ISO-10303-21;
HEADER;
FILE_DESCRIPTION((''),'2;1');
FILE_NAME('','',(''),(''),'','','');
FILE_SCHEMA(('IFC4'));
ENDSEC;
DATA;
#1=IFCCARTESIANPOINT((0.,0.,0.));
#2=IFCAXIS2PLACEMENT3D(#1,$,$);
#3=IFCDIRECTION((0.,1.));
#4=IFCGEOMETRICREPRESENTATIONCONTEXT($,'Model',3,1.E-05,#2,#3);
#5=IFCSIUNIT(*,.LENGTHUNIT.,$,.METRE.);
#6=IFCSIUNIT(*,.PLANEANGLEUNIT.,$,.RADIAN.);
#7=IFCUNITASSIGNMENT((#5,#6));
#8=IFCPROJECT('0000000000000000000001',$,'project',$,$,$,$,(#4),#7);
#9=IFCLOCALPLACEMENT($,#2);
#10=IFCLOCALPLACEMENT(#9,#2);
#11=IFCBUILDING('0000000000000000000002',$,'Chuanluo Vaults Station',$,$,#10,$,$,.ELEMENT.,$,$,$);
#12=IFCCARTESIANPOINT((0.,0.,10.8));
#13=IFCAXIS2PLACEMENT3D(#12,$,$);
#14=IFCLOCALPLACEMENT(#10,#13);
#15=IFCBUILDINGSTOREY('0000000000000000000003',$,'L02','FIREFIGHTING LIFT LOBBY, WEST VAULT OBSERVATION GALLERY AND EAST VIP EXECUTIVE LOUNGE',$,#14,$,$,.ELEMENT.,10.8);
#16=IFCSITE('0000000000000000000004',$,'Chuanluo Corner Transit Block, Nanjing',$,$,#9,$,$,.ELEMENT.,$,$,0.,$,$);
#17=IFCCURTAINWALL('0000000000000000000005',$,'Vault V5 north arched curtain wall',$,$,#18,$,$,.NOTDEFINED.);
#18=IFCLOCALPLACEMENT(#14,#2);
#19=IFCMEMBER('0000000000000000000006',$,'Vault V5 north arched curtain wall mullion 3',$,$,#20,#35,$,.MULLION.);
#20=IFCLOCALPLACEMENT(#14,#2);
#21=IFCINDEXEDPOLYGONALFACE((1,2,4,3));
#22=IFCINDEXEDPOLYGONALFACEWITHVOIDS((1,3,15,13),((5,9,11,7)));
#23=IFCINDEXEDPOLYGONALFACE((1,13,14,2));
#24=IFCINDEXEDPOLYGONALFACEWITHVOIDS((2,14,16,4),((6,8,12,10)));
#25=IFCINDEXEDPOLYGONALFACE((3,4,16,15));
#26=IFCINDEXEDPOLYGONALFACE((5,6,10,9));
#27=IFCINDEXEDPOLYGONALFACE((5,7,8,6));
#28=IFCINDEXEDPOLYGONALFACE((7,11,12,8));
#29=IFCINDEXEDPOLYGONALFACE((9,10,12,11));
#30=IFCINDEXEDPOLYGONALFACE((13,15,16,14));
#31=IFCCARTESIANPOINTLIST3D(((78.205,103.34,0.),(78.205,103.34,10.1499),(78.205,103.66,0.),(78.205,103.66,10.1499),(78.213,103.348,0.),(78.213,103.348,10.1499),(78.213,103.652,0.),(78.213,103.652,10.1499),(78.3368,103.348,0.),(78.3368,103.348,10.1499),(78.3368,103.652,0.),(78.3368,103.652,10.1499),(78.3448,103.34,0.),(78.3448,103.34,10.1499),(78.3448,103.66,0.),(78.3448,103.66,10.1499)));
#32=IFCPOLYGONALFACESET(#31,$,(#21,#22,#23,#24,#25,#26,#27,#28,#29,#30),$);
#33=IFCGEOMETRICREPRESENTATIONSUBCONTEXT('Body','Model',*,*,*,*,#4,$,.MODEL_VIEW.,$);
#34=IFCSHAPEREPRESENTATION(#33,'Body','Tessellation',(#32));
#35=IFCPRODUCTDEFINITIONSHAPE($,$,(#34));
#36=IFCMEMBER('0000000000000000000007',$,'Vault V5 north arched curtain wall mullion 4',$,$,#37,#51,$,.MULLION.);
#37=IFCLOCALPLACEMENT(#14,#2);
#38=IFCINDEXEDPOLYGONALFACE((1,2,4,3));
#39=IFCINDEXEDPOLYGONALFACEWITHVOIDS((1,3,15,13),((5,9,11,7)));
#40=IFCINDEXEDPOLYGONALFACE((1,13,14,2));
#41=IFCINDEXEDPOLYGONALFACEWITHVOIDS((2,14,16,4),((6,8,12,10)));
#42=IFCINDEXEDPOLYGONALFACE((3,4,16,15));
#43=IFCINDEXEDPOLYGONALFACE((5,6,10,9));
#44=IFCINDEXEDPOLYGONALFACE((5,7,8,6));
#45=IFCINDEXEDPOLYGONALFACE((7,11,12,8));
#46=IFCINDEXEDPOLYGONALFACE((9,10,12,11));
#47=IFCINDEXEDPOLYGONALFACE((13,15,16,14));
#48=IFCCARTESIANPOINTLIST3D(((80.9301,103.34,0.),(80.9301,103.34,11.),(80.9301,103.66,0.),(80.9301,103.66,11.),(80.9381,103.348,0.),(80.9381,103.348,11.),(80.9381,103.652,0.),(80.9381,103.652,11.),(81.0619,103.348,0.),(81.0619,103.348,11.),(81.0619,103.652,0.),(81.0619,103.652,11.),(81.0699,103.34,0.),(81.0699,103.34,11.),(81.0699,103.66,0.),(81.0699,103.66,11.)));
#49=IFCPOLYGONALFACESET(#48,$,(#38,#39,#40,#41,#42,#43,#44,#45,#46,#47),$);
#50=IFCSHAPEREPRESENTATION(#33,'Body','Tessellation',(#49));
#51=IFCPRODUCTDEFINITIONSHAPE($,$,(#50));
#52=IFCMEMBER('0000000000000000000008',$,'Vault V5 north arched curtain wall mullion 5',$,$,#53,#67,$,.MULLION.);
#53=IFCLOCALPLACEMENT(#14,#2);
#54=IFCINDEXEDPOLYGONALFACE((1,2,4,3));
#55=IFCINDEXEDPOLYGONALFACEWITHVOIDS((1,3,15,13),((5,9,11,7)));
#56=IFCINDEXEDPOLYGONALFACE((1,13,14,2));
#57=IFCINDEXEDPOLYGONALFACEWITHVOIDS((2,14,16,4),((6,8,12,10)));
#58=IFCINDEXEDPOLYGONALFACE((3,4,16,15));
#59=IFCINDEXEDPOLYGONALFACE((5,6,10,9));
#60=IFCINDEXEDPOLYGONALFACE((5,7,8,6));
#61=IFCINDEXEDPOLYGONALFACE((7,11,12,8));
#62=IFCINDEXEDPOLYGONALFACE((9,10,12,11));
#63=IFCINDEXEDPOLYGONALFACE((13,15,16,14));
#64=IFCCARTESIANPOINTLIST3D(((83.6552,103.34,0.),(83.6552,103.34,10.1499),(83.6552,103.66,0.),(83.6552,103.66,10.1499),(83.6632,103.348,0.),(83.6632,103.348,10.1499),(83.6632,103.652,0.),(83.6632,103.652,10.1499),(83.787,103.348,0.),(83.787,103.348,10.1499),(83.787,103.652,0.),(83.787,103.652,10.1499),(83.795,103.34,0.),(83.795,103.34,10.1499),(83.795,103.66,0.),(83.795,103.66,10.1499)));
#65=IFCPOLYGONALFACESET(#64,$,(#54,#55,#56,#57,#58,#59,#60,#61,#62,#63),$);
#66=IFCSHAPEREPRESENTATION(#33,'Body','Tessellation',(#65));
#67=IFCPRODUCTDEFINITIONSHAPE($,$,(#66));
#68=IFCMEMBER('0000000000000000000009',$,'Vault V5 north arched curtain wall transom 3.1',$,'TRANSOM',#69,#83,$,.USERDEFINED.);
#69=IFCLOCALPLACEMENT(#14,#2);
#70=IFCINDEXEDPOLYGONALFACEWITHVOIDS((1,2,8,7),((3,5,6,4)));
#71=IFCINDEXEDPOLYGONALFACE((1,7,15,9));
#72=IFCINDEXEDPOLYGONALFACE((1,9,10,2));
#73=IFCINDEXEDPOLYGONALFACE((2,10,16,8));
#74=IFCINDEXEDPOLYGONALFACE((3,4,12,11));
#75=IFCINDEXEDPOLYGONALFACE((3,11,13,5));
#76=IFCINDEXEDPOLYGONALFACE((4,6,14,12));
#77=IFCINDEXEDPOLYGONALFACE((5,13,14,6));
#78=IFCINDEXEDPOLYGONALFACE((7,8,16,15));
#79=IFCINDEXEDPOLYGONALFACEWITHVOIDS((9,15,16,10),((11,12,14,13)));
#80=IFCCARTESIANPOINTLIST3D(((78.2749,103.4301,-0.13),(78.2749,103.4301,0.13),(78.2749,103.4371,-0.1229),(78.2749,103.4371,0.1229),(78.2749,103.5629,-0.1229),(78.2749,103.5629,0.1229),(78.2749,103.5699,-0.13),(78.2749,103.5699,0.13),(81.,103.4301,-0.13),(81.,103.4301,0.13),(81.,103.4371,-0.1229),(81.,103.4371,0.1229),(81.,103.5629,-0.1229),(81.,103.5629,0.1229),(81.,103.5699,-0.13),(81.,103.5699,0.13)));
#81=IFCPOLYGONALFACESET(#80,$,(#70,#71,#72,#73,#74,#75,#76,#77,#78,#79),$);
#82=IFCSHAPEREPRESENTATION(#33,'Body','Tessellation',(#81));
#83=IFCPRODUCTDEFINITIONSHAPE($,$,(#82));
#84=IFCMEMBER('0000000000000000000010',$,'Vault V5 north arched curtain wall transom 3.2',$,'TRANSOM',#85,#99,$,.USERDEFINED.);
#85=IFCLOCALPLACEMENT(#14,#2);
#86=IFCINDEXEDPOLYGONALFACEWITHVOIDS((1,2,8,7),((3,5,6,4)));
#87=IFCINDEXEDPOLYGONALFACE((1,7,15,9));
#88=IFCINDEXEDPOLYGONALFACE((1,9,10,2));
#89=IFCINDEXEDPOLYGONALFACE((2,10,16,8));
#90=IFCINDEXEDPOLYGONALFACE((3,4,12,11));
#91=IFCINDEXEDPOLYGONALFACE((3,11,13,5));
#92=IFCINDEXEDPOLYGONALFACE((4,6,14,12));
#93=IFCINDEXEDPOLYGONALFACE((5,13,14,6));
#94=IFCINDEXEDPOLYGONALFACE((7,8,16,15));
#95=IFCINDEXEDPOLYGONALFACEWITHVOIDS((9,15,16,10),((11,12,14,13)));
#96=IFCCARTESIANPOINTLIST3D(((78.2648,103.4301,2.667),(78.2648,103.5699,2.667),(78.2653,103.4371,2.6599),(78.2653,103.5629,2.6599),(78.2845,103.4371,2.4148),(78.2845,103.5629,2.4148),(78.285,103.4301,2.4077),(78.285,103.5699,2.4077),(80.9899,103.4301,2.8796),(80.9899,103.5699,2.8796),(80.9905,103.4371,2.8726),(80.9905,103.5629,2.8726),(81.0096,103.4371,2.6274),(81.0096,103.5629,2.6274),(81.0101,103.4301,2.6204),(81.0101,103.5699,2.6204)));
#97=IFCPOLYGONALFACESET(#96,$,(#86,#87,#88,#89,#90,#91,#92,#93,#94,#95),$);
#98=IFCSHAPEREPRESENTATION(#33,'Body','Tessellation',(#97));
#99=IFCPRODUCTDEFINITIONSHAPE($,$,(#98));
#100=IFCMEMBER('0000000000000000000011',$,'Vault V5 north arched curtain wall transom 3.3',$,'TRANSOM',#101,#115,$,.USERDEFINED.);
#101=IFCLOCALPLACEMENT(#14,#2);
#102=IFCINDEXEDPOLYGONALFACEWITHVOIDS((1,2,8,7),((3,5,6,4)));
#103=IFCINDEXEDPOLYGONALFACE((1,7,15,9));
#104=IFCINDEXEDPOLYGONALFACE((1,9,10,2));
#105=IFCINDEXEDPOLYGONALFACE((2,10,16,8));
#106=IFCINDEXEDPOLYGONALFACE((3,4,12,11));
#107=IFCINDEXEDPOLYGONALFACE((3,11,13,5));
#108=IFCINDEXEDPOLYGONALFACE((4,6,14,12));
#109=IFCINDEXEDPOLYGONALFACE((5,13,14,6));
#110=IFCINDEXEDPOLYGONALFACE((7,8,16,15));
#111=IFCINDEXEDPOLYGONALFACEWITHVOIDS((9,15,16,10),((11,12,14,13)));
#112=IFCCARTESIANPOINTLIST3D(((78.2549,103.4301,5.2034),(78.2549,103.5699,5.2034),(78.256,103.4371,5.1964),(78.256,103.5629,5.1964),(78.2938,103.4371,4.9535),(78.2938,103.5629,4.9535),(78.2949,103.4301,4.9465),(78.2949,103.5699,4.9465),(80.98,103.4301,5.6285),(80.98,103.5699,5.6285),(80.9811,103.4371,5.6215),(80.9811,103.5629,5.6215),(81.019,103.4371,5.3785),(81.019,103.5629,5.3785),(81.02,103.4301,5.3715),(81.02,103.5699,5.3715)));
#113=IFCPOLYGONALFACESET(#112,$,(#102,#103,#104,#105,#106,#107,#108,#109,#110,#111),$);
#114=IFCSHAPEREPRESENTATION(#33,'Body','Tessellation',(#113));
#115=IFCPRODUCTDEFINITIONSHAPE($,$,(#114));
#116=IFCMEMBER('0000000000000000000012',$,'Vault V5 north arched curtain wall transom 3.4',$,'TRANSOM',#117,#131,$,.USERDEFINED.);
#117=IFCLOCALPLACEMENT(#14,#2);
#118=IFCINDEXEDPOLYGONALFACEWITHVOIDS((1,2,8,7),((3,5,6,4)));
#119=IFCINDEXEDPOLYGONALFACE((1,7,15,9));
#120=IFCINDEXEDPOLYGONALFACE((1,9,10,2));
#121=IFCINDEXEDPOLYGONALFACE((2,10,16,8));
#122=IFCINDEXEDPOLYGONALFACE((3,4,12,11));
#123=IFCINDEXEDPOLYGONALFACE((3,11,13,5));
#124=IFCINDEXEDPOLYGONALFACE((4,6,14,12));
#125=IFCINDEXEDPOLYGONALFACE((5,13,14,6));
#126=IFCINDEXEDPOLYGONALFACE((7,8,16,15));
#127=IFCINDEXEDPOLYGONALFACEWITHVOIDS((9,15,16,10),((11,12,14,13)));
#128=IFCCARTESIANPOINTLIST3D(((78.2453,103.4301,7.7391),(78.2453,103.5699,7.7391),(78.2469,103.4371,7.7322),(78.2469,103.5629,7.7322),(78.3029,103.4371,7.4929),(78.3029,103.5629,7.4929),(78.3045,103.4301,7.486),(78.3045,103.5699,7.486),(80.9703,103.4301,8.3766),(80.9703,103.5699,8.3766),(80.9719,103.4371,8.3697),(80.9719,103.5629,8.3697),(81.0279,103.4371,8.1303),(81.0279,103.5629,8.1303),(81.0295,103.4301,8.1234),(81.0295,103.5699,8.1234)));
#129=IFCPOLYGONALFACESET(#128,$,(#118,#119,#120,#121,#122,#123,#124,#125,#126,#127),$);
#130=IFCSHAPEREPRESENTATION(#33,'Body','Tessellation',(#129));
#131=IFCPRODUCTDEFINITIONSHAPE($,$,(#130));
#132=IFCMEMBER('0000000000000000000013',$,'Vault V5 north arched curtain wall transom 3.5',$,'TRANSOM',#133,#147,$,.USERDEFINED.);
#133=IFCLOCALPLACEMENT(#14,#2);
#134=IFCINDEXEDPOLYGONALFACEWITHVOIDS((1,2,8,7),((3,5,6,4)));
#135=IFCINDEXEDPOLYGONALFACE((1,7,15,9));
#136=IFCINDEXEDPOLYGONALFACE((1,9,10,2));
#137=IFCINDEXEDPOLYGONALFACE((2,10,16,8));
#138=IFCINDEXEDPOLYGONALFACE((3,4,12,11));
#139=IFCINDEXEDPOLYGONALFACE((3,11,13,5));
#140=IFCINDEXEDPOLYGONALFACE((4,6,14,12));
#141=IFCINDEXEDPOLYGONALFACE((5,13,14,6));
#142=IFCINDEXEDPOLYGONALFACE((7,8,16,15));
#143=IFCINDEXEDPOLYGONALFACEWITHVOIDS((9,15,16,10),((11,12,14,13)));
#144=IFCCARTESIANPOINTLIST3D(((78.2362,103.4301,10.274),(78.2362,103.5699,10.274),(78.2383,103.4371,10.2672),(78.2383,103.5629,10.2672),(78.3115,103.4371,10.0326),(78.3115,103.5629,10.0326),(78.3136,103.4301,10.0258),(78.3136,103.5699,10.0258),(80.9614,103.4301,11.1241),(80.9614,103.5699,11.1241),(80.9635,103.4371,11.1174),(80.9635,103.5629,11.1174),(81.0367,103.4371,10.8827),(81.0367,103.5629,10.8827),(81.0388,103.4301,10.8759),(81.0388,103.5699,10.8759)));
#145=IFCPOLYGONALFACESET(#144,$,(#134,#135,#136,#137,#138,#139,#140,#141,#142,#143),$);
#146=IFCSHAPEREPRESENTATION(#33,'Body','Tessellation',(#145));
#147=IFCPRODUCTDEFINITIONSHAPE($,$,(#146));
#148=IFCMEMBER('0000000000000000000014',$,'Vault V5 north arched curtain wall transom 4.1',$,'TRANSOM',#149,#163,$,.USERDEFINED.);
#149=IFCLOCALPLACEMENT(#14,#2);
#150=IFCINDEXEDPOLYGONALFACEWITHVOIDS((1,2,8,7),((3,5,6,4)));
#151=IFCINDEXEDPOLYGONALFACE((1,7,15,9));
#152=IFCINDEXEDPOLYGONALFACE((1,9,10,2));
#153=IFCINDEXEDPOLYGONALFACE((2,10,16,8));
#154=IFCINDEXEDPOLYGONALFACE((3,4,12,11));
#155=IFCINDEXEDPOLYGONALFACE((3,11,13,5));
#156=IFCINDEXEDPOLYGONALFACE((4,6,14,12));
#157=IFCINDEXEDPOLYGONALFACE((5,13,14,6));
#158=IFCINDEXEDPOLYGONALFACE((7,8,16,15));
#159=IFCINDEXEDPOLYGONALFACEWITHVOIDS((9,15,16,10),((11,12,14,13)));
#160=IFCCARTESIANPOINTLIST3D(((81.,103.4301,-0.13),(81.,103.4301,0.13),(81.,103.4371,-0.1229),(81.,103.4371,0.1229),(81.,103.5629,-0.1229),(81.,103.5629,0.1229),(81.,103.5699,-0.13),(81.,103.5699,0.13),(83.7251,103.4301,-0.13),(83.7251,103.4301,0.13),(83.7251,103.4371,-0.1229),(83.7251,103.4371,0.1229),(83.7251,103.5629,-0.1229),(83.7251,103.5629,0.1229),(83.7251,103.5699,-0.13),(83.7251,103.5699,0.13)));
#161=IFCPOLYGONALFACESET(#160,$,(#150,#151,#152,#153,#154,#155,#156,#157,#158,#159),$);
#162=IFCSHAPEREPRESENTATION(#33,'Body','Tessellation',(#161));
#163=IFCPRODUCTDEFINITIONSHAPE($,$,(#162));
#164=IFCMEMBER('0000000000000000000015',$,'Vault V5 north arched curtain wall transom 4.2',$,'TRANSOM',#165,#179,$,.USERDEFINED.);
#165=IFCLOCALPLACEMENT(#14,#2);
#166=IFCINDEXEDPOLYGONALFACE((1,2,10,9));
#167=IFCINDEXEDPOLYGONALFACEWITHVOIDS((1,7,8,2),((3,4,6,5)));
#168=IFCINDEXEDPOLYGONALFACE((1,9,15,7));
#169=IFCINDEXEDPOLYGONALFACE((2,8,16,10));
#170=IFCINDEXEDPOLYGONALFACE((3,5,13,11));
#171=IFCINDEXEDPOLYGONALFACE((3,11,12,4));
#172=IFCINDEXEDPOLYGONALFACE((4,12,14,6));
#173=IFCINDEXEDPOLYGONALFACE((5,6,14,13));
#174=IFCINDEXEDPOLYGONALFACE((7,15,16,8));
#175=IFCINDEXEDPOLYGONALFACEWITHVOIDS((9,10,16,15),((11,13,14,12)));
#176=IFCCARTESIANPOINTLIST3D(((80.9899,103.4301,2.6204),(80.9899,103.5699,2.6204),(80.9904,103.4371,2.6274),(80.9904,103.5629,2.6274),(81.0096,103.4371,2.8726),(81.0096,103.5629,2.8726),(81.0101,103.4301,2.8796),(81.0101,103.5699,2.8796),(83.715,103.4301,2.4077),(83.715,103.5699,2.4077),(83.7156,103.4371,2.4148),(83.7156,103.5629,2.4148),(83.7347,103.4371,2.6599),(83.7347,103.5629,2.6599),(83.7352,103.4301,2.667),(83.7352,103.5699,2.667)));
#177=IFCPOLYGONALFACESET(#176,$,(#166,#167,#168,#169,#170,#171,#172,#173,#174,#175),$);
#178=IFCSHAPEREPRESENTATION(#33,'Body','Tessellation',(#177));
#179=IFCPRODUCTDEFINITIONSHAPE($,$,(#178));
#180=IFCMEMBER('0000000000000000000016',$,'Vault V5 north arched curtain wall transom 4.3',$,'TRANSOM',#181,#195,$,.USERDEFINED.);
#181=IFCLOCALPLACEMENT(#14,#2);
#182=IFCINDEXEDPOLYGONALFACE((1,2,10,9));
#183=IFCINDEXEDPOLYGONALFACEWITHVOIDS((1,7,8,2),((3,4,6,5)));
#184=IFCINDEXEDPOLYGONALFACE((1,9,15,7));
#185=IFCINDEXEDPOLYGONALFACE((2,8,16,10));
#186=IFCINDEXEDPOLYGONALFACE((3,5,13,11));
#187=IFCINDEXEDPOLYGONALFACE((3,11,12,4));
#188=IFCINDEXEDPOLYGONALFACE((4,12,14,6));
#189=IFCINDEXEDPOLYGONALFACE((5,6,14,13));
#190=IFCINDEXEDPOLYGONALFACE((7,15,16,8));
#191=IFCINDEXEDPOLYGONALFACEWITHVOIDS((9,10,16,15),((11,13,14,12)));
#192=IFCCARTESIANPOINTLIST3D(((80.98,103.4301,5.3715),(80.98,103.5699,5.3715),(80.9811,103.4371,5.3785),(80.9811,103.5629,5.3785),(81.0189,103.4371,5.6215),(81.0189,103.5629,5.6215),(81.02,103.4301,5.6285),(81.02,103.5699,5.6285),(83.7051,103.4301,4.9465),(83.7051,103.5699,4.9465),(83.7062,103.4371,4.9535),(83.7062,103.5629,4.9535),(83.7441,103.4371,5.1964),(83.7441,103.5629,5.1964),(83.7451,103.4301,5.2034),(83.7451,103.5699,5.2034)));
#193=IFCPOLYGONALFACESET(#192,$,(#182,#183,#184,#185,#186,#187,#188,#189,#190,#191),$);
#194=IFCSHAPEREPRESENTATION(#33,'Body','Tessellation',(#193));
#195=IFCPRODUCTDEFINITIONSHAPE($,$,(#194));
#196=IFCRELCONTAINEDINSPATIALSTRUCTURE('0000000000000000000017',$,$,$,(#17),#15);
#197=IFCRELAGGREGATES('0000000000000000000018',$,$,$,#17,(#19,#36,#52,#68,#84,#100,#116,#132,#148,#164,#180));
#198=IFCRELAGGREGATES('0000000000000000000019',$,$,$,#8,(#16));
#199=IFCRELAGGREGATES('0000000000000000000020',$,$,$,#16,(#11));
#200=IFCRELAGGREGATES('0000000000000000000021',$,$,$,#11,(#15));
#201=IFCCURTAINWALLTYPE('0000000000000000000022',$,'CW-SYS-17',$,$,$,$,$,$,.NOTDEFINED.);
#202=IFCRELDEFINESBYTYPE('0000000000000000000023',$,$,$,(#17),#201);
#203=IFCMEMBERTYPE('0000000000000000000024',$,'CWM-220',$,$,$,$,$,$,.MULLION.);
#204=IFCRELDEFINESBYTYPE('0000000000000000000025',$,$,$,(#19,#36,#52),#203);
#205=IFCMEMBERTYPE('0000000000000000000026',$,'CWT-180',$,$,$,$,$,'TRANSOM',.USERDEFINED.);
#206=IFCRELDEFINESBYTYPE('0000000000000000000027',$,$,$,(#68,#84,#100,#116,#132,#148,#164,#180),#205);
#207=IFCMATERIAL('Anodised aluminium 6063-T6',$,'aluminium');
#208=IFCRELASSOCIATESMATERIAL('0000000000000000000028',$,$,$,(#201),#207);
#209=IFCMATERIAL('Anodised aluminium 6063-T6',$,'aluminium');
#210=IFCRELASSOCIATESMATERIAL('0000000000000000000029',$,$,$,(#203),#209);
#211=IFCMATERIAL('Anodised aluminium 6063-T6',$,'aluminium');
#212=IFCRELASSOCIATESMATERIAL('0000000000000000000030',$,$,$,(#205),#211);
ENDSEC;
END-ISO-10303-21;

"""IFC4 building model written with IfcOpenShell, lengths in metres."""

from ifc_helpers import new_model, si_unit, direction, frame, origin, origin_2d, place, context, subcontext, project, spatial, hollow_rectangle, extrude, material, material_profile, profile_set, type_object, element, aggregate, save


model = new_model("IFC4")

# Units and contexts
model_context = context("Model", 3, precision=1e-05, world=origin(), true_north=direction((0.0, 1.0)))
body_context = subcontext(model_context, "Body", "Model", "MODEL_VIEW")
ifc_project = project(units=[si_unit("LENGTHUNIT", "METRE"), si_unit("PLANEANGLEUNIT", "RADIAN")], contexts=[model_context])

# Site, building, storey
site_placement = place(None, origin())
site = spatial("IfcSite", under=ifc_project, at=site_placement, Name="Chuanluo Corner Transit Block, Nanjing", CompositionType="ELEMENT", RefElevation=0.0)
building_placement = place(site_placement, origin())
building = spatial("IfcBuilding", under=site, at=building_placement, Name="Chuanluo Vaults Station", CompositionType="ELEMENT")
storey_placement = place(building_placement, frame((0.0, 0.0, 10.8)))
storey = spatial("IfcBuildingStorey", under=building, at=storey_placement, Name="L02", Description="FIREFIGHTING LIFT LOBBY, WEST VAULT OBSERVATION GALLERY AND EAST VIP EXECUTIVE LOUNGE", CompositionType="ELEMENT", Elevation=10.8)

# Curtain wall, members
ifc_material_1 = material(Name="Anodised aluminium 6063-T6", Category="aluminium")
curtain_wall_type = type_object("IfcCurtainWallType", Name="CW-SYS-17", PredefinedType="NOTDEFINED", material=ifc_material_1)
curtain_wall_placement = place(storey_placement, origin())
curtain_wall = element("IfcCurtainWall", 1, at=curtain_wall_placement, inside=storey, type_object=curtain_wall_type, Name="Vault V5 north arched curtain wall", PredefinedType="NOTDEFINED")
ifc_material_2 = material(Name="Anodised aluminium 6063-T6", Category="aluminium")
ifc_material_profile_1 = material_profile(ifc_material_2, hollow_rectangle(XDim=0.1399, YDim=0.3201, WallThickness=0.0081, at=origin_2d()))
ifc_profile_set_1 = profile_set([ifc_material_profile_1], Name="Anodised aluminium 6063-T6")
member_type_1 = type_object("IfcMemberType", Name="CWM-220", PredefinedType="MULLION", material=ifc_profile_set_1)
member_1_placement = place(storey_placement, frame((78.2749, 103.5, 0.0), z_axis=(0.0, 0.0, 1.0), x_axis=(1.0, 0.0, 0.0)))
member_1 = element("IfcMember", 2, at=member_1_placement, type_object=member_type_1, Name="Vault V5 north arched curtain wall mullion 3", PredefinedType="MULLION", context=body_context, shape_type="SweptSolid", body=[
    extrude(hollow_rectangle(XDim=0.1399, YDim=0.3201, WallThickness=0.0081, at=origin_2d()), origin(), (0.0, 0.0, 1.0), 10.1499),
])
member_2_placement = place(storey_placement, frame((81.0, 103.5, 0.0), z_axis=(0.0, 0.0, 1.0), x_axis=(1.0, 0.0, 0.0)))
member_2 = element("IfcMember", 3, at=member_2_placement, type_object=member_type_1, Name="Vault V5 north arched curtain wall mullion 4", PredefinedType="MULLION", context=body_context, shape_type="SweptSolid", body=[
    extrude(hollow_rectangle(XDim=0.1399, YDim=0.3201, WallThickness=0.0081, at=origin_2d()), origin(), (0.0, 0.0, 1.0), 11.0),
])
member_3_placement = place(storey_placement, frame((83.7251, 103.5, 0.0), z_axis=(0.0, 0.0, 1.0), x_axis=(1.0, 0.0, 0.0)))
member_3 = element("IfcMember", 4, at=member_3_placement, type_object=member_type_1, Name="Vault V5 north arched curtain wall mullion 5", PredefinedType="MULLION", context=body_context, shape_type="SweptSolid", body=[
    extrude(hollow_rectangle(XDim=0.1399, YDim=0.3201, WallThickness=0.0081, at=origin_2d()), origin(), (0.0, 0.0, 1.0), 10.1499),
])
ifc_material_3 = material(Name="Anodised aluminium 6063-T6", Category="aluminium")
ifc_material_profile_2 = material_profile(ifc_material_3, hollow_rectangle(XDim=0.1399, YDim=0.26, WallThickness=0.0071, at=origin_2d()))
ifc_profile_set_2 = profile_set([ifc_material_profile_2], Name="Anodised aluminium 6063-T6")
member_type_2 = type_object("IfcMemberType", Name="CWT-180", ElementType="TRANSOM", PredefinedType="USERDEFINED", material=ifc_profile_set_2)
member_4_placement = place(storey_placement, frame((78.2749, 103.5, 0.0), z_axis=(1.0, 0.0, 0.0), x_axis=(0.0, 1.0, 0.0)))
member_4 = element("IfcMember", 5, at=member_4_placement, type_object=member_type_2, Name="Vault V5 north arched curtain wall transom 3.1", ObjectType="TRANSOM", PredefinedType="USERDEFINED", context=body_context, shape_type="SweptSolid", body=[
    extrude(hollow_rectangle(XDim=0.1399, YDim=0.26, WallThickness=0.0071, at=origin_2d()), origin(), (0.0, 0.0, 1.0), 2.7251),
])
member_5_placement = place(storey_placement, frame((78.2749, 103.5, 2.5374), z_axis=(0.996969, 0.0, 0.077796), x_axis=(0.0, 1.0, 0.0)))
member_5 = element("IfcMember", 6, at=member_5_placement, type_object=member_type_2, Name="Vault V5 north arched curtain wall transom 3.2", ObjectType="TRANSOM", PredefinedType="USERDEFINED", context=body_context, shape_type="SweptSolid", body=[
    extrude(hollow_rectangle(XDim=0.1399, YDim=0.26, WallThickness=0.0071, at=origin_2d()), origin(), (0.0, 0.0, 1.0), 2.7334),
])
member_6_placement = place(storey_placement, frame((78.2749, 103.5, 5.075), z_axis=(0.988053, 0.0, 0.154112), x_axis=(0.0, 1.0, 0.0)))
member_6 = element("IfcMember", 7, at=member_6_placement, type_object=member_type_2, Name="Vault V5 north arched curtain wall transom 3.3", ObjectType="TRANSOM", PredefinedType="USERDEFINED", context=body_context, shape_type="SweptSolid", body=[
    extrude(hollow_rectangle(XDim=0.1399, YDim=0.26, WallThickness=0.0071, at=origin_2d()), origin(), (0.0, 0.0, 1.0), 2.7581),
])
member_7_placement = place(storey_placement, frame((78.2749, 103.5, 7.6125), z_axis=(0.973715, 0.0, 0.22777), x_axis=(0.0, 1.0, 0.0)))
member_7 = element("IfcMember", 8, at=member_7_placement, type_object=member_type_2, Name="Vault V5 north arched curtain wall transom 3.4", ObjectType="TRANSOM", PredefinedType="USERDEFINED", context=body_context, shape_type="SweptSolid", body=[
    extrude(hollow_rectangle(XDim=0.1399, YDim=0.26, WallThickness=0.0071, at=origin_2d()), origin(), (0.0, 0.0, 1.0), 2.7986),
])
member_8_placement = place(storey_placement, frame((78.2749, 103.5, 10.1499), z_axis=(0.954629, 0.0, 0.297798), x_axis=(0.0, 1.0, 0.0)))
member_8 = element("IfcMember", 9, at=member_8_placement, type_object=member_type_2, Name="Vault V5 north arched curtain wall transom 3.5", ObjectType="TRANSOM", PredefinedType="USERDEFINED", context=body_context, shape_type="SweptSolid", body=[
    extrude(hollow_rectangle(XDim=0.1399, YDim=0.26, WallThickness=0.0071, at=origin_2d()), origin(), (0.0, 0.0, 1.0), 2.8547),
])
member_9_placement = place(storey_placement, frame((81.0, 103.5, 0.0), z_axis=(1.0, 0.0, 0.0), x_axis=(0.0, 1.0, 0.0)))
member_9 = element("IfcMember", 10, at=member_9_placement, type_object=member_type_2, Name="Vault V5 north arched curtain wall transom 4.1", ObjectType="TRANSOM", PredefinedType="USERDEFINED", context=body_context, shape_type="SweptSolid", body=[
    extrude(hollow_rectangle(XDim=0.1399, YDim=0.26, WallThickness=0.0071, at=origin_2d()), origin(), (0.0, 0.0, 1.0), 2.7251),
])
member_10_placement = place(storey_placement, frame((81.0, 103.5, 2.75), z_axis=(0.996969, 0.0, -0.077796), x_axis=(0.0, 1.0, 0.0)))
member_10 = element("IfcMember", 11, at=member_10_placement, type_object=member_type_2, Name="Vault V5 north arched curtain wall transom 4.2", ObjectType="TRANSOM", PredefinedType="USERDEFINED", context=body_context, shape_type="SweptSolid", body=[
    extrude(hollow_rectangle(XDim=0.1399, YDim=0.26, WallThickness=0.0071, at=origin_2d()), origin(), (0.0, 0.0, 1.0), 2.7334),
])
member_11_placement = place(storey_placement, frame((81.0, 103.5, 5.5), z_axis=(0.988053, 0.0, -0.154112), x_axis=(0.0, 1.0, 0.0)))
member_11 = element("IfcMember", 12, at=member_11_placement, type_object=member_type_2, Name="Vault V5 north arched curtain wall transom 4.3", ObjectType="TRANSOM", PredefinedType="USERDEFINED", context=body_context, shape_type="SweptSolid", body=[
    extrude(hollow_rectangle(XDim=0.1399, YDim=0.26, WallThickness=0.0071, at=origin_2d()), origin(), (0.0, 0.0, 1.0), 2.7581),
])
aggregate(curtain_wall, [member_1, member_2, member_3, member_4, member_5, member_6, member_7, member_8, member_9, member_10, member_11])

save(model, "model.ifc")
